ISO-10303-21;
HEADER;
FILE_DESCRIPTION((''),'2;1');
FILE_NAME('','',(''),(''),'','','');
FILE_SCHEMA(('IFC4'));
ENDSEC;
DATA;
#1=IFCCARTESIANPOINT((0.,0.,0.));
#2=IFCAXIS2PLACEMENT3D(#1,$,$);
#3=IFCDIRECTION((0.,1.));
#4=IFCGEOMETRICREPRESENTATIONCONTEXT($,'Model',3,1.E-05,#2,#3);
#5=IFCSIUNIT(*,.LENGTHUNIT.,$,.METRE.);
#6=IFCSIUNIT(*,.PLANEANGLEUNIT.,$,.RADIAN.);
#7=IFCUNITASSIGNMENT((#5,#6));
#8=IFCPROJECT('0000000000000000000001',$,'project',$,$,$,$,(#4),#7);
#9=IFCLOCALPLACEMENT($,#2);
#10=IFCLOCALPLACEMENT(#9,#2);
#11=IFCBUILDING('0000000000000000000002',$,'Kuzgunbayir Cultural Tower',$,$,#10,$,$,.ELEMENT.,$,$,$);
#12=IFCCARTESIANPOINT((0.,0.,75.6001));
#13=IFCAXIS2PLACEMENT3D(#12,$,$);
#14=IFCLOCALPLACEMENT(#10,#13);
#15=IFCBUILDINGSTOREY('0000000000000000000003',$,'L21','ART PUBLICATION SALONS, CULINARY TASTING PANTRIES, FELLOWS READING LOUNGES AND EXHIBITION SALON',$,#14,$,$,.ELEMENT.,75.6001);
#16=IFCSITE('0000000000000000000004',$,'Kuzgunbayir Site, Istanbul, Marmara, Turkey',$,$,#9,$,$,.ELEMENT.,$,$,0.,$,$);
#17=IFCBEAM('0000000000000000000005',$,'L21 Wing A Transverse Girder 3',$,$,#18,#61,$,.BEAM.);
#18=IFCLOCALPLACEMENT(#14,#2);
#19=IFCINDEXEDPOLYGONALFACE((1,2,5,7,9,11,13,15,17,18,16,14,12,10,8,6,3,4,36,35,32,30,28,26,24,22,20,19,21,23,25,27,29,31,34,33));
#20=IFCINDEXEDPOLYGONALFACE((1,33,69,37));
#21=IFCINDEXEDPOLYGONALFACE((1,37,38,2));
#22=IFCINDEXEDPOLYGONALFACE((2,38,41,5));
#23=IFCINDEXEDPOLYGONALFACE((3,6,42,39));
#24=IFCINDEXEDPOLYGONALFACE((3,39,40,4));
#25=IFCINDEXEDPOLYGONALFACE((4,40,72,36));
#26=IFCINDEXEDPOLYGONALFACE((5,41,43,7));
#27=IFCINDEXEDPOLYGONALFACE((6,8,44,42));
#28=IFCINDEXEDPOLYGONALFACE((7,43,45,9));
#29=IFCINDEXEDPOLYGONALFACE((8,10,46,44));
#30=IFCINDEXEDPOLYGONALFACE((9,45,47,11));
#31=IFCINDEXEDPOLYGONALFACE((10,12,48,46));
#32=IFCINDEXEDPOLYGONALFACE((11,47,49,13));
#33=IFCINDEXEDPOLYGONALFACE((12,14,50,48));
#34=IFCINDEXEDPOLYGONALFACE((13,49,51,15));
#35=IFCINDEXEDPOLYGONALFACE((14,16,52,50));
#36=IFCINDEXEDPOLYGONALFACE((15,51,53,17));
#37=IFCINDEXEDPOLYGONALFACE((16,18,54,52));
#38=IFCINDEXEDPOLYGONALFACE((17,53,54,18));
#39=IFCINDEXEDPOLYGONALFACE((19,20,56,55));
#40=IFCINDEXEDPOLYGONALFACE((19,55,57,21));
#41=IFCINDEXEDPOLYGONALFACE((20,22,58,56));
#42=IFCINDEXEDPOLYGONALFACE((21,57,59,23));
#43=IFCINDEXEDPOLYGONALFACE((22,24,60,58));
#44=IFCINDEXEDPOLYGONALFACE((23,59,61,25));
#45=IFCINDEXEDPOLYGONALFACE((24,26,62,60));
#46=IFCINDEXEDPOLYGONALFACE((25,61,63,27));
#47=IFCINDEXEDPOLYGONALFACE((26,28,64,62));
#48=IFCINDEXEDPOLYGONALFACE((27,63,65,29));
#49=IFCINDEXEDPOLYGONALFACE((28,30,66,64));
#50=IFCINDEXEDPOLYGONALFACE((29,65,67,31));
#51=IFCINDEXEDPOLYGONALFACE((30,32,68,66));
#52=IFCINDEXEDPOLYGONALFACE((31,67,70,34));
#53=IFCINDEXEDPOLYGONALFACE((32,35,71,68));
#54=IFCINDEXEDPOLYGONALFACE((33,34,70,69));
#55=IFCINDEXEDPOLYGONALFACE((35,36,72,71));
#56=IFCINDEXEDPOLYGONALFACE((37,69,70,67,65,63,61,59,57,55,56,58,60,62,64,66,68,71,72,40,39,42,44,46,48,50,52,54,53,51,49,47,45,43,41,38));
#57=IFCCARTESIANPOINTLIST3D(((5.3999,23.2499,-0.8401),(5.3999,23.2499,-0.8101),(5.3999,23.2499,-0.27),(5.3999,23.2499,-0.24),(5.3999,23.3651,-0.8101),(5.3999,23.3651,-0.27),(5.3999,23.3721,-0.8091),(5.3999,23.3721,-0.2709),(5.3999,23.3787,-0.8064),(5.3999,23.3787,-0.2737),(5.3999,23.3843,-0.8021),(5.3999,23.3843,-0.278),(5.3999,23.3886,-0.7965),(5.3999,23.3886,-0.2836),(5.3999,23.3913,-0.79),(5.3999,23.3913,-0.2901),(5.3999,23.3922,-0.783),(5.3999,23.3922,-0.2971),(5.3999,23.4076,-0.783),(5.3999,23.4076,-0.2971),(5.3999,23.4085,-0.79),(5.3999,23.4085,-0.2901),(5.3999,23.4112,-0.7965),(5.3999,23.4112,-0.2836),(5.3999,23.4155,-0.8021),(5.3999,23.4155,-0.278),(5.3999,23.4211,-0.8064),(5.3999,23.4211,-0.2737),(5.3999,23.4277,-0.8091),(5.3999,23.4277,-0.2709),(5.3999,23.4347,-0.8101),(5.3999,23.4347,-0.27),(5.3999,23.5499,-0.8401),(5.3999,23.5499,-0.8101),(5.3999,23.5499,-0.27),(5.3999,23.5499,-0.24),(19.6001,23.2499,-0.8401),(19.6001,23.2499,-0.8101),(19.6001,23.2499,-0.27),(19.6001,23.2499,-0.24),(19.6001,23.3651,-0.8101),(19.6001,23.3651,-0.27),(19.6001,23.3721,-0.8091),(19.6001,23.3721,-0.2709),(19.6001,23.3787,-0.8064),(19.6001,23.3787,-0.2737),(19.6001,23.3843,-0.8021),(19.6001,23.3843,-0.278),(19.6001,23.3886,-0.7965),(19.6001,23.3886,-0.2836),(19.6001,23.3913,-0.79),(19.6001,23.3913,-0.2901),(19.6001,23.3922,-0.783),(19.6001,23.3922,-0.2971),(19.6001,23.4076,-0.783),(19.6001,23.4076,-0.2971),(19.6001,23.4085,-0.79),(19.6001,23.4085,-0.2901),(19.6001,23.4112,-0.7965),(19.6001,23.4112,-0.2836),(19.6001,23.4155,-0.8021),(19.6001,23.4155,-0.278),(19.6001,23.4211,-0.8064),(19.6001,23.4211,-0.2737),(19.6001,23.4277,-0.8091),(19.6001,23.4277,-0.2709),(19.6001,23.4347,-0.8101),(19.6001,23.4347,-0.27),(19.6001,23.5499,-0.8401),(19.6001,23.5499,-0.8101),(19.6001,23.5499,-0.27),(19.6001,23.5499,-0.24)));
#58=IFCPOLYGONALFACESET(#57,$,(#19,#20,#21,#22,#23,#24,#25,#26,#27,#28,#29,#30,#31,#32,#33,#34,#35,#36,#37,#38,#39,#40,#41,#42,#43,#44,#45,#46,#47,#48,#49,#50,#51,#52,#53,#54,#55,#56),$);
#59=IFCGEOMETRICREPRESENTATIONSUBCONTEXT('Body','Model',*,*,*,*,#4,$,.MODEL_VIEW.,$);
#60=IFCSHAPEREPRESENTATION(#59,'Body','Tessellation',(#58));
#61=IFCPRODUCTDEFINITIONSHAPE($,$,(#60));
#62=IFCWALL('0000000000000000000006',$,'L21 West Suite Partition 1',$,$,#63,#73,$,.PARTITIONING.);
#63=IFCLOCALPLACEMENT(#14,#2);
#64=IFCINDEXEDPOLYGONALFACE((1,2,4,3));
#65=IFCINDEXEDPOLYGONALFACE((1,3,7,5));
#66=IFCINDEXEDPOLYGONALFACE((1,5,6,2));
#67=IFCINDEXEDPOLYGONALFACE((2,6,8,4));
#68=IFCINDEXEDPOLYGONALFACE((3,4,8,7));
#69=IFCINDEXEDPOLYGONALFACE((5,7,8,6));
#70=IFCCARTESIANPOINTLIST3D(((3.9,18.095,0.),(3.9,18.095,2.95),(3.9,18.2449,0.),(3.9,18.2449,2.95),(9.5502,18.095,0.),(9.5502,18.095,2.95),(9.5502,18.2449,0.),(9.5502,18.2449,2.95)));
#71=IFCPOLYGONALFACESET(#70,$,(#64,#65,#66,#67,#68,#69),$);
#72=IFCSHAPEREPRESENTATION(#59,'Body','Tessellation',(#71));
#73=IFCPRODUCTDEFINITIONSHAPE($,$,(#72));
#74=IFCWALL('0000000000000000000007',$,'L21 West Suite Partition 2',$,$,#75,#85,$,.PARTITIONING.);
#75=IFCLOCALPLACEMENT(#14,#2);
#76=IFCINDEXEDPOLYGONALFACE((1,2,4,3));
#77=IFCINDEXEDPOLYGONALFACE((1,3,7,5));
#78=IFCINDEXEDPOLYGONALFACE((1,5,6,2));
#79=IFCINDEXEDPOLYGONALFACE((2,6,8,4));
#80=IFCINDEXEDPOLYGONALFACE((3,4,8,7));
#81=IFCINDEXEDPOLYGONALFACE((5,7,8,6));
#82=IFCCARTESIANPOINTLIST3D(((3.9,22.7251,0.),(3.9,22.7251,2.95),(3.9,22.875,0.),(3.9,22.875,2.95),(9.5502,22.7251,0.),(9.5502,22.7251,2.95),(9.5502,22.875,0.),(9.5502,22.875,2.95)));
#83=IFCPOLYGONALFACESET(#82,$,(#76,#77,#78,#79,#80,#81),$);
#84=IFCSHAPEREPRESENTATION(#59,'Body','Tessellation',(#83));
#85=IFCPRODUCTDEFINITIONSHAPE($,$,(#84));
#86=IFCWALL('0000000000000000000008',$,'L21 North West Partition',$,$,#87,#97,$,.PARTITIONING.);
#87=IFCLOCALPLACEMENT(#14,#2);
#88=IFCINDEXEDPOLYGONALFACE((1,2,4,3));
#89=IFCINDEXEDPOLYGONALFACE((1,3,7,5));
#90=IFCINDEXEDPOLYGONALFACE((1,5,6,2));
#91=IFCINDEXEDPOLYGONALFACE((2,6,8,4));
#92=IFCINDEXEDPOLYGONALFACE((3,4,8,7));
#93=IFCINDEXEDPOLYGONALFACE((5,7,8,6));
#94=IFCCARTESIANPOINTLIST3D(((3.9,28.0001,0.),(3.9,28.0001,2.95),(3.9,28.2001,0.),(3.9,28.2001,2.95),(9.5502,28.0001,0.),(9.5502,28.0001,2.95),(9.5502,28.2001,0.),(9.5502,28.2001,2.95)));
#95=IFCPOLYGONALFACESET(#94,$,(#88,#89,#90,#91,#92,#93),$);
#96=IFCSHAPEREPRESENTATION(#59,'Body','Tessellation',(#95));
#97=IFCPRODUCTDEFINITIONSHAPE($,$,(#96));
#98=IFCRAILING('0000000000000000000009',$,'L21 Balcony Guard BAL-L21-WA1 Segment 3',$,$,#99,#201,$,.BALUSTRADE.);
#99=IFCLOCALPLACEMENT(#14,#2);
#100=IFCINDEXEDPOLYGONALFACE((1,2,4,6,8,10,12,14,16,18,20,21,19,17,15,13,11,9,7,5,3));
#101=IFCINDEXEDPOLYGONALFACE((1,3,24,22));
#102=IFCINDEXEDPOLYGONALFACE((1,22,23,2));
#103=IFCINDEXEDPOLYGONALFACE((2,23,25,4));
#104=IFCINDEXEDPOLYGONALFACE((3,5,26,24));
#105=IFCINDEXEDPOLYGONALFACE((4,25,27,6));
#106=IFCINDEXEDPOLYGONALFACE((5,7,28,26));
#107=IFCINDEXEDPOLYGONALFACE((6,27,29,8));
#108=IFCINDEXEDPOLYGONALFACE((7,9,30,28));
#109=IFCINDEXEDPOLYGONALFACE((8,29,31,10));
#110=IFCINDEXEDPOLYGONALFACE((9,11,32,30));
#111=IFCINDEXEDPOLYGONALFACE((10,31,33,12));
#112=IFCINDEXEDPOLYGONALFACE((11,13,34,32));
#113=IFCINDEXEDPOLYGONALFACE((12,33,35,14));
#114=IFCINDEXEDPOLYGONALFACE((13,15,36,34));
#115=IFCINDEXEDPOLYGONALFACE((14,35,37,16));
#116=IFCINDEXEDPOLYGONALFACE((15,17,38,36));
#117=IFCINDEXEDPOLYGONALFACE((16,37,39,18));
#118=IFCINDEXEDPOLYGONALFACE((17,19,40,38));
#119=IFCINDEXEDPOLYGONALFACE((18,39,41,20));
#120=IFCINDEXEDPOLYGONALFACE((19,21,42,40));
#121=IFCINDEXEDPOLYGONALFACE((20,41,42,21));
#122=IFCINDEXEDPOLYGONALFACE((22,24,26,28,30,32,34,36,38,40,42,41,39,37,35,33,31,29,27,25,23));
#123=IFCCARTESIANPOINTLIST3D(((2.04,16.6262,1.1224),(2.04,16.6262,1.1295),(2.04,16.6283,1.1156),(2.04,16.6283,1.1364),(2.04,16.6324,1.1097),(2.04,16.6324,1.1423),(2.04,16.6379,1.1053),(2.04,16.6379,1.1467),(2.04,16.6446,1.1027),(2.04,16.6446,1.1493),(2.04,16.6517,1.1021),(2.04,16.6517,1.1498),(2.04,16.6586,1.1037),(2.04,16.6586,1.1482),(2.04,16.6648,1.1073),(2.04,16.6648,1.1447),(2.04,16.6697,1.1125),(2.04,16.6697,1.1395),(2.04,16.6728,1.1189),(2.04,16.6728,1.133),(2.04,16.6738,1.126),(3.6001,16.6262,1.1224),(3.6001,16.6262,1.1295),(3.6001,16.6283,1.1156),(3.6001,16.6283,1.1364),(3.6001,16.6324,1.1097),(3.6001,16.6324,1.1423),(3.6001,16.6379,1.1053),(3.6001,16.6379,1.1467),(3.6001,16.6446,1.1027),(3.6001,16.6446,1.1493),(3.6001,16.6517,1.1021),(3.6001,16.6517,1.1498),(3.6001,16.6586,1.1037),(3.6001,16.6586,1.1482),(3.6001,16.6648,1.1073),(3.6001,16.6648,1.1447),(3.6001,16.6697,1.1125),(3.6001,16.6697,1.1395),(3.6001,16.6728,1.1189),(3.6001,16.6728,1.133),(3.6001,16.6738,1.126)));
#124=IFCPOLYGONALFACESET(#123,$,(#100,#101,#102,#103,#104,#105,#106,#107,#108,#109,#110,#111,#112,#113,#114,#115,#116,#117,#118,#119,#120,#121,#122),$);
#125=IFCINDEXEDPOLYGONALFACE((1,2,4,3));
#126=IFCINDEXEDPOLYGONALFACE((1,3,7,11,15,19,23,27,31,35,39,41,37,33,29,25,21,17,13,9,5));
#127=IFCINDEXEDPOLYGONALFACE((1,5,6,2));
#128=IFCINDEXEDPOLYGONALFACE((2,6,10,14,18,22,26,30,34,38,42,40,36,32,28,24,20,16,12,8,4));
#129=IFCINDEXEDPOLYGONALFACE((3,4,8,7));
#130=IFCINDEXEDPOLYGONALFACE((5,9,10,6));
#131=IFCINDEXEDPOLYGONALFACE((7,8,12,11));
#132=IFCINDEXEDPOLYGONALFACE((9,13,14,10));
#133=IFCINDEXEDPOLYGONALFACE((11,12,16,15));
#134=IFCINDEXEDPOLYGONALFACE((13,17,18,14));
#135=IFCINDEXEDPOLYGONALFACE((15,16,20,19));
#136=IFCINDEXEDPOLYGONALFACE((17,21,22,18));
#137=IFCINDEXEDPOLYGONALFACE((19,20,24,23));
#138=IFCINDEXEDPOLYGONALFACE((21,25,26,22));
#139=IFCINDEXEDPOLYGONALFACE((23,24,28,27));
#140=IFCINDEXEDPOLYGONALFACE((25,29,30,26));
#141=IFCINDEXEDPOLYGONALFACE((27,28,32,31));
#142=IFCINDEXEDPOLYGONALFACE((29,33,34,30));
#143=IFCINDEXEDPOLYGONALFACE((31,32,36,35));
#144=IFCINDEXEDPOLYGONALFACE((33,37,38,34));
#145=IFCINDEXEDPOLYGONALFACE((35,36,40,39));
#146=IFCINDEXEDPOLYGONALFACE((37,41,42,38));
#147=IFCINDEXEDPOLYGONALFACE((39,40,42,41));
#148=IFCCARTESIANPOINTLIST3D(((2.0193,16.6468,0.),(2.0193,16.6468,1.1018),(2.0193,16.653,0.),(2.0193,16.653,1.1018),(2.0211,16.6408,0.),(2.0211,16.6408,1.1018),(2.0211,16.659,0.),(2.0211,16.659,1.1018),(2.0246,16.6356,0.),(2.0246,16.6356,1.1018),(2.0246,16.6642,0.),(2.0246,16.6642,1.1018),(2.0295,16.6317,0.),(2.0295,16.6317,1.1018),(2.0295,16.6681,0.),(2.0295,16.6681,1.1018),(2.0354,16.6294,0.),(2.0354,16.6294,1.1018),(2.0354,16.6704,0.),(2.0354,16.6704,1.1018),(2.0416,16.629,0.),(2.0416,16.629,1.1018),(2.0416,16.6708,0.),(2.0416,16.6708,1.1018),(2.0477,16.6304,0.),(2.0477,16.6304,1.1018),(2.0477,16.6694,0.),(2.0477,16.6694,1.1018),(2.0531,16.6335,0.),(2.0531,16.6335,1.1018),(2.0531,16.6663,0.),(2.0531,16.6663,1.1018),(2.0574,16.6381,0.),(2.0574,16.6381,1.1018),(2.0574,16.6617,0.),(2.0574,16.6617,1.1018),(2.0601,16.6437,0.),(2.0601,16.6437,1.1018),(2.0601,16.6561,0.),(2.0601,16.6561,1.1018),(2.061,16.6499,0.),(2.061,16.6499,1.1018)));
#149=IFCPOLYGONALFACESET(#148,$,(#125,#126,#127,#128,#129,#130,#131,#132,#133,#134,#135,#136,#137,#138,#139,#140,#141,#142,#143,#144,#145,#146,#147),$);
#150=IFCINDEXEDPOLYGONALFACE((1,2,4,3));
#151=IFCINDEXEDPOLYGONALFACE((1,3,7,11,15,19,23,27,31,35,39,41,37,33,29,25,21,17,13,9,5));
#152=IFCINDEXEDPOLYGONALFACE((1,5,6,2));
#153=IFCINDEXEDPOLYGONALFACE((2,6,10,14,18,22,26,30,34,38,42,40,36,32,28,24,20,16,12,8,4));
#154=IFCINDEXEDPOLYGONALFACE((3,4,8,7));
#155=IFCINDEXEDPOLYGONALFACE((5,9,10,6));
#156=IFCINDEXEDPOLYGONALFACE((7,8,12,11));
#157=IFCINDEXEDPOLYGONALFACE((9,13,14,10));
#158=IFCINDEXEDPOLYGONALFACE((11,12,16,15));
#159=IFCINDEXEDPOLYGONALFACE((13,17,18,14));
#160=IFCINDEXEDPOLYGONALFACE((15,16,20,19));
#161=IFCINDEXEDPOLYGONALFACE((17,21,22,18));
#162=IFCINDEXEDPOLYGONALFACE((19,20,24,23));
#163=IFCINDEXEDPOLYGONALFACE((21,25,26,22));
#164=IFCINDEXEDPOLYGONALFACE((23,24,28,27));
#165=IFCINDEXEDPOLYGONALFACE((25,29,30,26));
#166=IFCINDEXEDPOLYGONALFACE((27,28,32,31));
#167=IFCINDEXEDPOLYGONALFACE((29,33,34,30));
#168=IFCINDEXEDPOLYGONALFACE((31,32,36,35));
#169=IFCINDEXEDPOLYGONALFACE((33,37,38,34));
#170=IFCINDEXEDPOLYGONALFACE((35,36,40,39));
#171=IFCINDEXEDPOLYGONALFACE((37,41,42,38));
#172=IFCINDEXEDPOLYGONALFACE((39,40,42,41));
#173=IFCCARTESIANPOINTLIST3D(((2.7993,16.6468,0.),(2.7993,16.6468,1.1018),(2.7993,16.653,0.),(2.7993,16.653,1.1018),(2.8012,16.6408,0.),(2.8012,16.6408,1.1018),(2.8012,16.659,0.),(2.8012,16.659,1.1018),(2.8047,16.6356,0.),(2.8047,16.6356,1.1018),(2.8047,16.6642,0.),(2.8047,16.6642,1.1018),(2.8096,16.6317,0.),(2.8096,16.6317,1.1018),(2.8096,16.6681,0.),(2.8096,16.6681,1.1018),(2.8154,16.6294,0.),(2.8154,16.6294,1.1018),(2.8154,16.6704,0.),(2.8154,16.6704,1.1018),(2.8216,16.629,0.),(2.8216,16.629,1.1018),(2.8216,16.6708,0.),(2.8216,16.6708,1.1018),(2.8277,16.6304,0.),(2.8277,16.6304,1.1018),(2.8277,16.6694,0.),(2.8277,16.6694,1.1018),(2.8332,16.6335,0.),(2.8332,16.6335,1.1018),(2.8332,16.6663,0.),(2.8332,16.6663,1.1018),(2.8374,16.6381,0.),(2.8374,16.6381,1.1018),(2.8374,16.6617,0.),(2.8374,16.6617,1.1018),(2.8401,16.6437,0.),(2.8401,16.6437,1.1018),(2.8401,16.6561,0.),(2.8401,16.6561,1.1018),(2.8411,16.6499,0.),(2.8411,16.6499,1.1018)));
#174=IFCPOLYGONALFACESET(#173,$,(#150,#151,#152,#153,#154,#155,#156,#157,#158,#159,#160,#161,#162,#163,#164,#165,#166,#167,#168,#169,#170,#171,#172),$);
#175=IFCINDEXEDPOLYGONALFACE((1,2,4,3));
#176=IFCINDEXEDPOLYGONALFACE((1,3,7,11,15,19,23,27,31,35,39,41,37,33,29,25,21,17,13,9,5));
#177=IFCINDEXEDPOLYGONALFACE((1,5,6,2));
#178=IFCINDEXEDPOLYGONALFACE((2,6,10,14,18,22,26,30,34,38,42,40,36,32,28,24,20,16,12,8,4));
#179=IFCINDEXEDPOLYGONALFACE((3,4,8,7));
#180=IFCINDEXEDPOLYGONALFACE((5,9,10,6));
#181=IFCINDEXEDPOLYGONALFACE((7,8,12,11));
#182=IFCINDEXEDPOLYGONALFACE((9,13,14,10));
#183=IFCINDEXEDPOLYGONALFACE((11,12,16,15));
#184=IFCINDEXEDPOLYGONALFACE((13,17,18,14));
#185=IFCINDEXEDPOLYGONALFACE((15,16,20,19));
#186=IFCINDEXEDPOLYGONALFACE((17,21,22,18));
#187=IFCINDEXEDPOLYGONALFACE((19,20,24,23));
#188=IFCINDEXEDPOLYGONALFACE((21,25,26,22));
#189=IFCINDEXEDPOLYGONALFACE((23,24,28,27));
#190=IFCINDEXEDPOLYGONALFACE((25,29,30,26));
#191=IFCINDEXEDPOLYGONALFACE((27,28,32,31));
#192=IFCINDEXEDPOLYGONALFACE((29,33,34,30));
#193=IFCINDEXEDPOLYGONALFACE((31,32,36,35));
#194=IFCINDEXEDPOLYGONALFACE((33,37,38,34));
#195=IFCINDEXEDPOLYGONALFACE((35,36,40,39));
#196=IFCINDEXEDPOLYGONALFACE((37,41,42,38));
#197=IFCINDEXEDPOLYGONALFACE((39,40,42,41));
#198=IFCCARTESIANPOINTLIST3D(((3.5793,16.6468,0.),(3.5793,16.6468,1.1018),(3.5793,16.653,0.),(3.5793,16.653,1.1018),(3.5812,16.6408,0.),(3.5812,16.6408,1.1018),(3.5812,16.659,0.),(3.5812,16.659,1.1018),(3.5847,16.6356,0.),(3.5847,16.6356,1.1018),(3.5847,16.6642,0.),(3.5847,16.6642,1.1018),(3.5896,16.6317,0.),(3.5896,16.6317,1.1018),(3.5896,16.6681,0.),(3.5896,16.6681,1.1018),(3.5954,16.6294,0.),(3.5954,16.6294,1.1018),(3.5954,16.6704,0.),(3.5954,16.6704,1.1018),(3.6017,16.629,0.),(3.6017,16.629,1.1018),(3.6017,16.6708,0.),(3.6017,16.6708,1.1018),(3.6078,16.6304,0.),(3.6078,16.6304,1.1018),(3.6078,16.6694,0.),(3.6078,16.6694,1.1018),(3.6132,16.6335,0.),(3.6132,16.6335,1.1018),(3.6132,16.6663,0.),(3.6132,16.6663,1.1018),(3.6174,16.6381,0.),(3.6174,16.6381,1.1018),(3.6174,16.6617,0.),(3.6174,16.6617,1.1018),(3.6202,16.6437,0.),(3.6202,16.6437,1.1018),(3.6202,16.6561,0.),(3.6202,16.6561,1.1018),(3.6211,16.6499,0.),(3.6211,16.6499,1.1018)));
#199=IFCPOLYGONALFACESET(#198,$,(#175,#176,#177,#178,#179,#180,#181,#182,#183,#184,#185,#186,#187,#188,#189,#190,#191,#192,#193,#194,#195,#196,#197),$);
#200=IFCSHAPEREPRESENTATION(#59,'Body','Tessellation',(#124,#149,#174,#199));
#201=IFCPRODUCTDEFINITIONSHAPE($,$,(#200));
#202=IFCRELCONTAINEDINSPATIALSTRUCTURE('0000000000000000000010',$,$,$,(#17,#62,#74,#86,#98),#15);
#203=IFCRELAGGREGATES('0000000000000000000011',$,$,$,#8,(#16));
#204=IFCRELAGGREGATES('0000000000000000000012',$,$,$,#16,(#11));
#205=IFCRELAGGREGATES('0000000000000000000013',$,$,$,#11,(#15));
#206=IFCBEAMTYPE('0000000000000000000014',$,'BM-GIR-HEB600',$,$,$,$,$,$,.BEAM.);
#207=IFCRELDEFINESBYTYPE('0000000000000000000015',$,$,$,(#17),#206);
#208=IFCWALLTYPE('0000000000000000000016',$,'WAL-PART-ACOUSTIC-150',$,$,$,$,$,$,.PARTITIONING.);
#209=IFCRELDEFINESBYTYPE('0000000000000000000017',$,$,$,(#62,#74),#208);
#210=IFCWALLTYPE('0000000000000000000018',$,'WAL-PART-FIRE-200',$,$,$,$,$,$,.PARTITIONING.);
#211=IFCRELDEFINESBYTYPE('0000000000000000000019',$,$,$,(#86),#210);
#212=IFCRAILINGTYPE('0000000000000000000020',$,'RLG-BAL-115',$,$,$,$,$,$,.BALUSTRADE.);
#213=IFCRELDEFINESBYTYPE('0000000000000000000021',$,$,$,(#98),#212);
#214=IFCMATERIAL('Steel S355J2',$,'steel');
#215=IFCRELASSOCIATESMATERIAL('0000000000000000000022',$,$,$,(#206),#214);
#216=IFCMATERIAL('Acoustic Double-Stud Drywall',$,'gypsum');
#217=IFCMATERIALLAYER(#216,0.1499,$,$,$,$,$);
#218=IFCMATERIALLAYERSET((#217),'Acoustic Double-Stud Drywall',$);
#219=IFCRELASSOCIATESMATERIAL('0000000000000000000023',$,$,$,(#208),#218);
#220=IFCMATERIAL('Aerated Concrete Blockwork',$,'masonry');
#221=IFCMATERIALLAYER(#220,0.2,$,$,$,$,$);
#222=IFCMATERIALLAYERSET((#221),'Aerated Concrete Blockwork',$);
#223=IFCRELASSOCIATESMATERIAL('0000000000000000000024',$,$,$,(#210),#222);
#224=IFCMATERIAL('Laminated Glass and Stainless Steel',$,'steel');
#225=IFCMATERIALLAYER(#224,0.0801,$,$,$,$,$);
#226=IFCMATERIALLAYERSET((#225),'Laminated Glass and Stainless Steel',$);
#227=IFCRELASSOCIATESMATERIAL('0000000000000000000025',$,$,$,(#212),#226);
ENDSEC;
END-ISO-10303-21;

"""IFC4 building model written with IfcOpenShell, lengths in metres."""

from ifc_helpers import new_model, si_unit, direction, frame, frame_2d, origin, origin_2d, place, context, subcontext, project, spatial, rectangle, circle, i_section, extrude, material, layer, layer_set, material_profile, profile_set, type_object, element, save


model = new_model("IFC4")

# Units and contexts
model_context = context("Model", 3, precision=1e-05, world=origin(), true_north=direction((0.0, 1.0)))
body_context = subcontext(model_context, "Body", "Model", "MODEL_VIEW")
ifc_project = project(units=[si_unit("LENGTHUNIT", "METRE"), si_unit("PLANEANGLEUNIT", "RADIAN")], contexts=[model_context])

# Site, building, storey
site_placement = place(None, origin())
site = spatial("IfcSite", under=ifc_project, at=site_placement, Name="Kuzgunbayir Site, Istanbul, Marmara, Turkey", CompositionType="ELEMENT", RefElevation=0.0)
building_placement = place(site_placement, origin())
building = spatial("IfcBuilding", under=site, at=building_placement, Name="Kuzgunbayir Cultural Tower", CompositionType="ELEMENT")
storey_placement = place(building_placement, frame((0.0, 0.0, 75.6001)))
storey = spatial("IfcBuildingStorey", under=building, at=storey_placement, Name="L21", Description="ART PUBLICATION SALONS, CULINARY TASTING PANTRIES, FELLOWS READING LOUNGES AND EXHIBITION SALON", CompositionType="ELEMENT", Elevation=75.6001)

# Beam
ifc_material_1 = material(Name="Steel S355J2", Category="steel")
ifc_material_profile_1 = material_profile(ifc_material_1, i_section(OverallWidth=0.3, OverallDepth=0.6001, WebThickness=0.0154, FlangeThickness=0.03, FilletRadius=0.0271, at=origin_2d()), Name="HEB 600")
ifc_profile_set_1 = profile_set([ifc_material_profile_1], Name="Steel S355J2")
beam_type_1 = type_object("IfcBeamType", Name="BM-GIR-HEB600", PredefinedType="BEAM", material=ifc_profile_set_1)
for number, where, z_axis, x_axis, name in (
    (1, (5.3999, 23.3999, -0.54), (1.0, 0.0, 0.0), (0.0, 1.0, 0.0), "L21 Wing A Transverse Girder 3"),
):
    element("IfcBeam", number, at=place(storey_placement, frame(where, z_axis=z_axis, x_axis=x_axis)), inside=storey, type_object=beam_type_1, Name=name, PredefinedType="BEAM", context=body_context, shape_type="SweptSolid", body=[
        extrude(i_section(OverallWidth=0.3, OverallDepth=0.6001, WebThickness=0.0154, FlangeThickness=0.03, FilletRadius=0.0271, at=origin_2d()), origin(), (0.0, 0.0, 1.0), 14.2002),
    ])

# Walls
ifc_material_2 = material(Name="Acoustic Double-Stud Drywall", Category="gypsum")
ifc_layer_1 = layer(ifc_material_2, 0.1499)
ifc_layer_set_1 = layer_set([ifc_layer_1], Name="Acoustic Double-Stud Drywall")
wall_type_1 = type_object("IfcWallType", Name="WAL-PART-ACOUSTIC-150", PredefinedType="PARTITIONING", material=ifc_layer_set_1)
for number, where, z_axis, x_axis, name in (
    (2, (3.8999, 18.1699, 0.0), (0.0, 0.0, 1.0), (1.0, 0.0, 0.0), "L21 West Suite Partition 1"),
    (3, (3.8999, 22.8, 0.0), (0.0, 0.0, 1.0), (1.0, 0.0, 0.0), "L21 West Suite Partition 2"),
):
    element("IfcWall", number, at=place(storey_placement, frame(where, z_axis=z_axis, x_axis=x_axis)), inside=storey, type_object=wall_type_1, Name=name, PredefinedType="PARTITIONING", context=body_context, shape_type="SweptSolid", body=[
        extrude(rectangle(XDim=5.6501, YDim=0.1499, at=frame_2d((2.8252, 0.0))), origin(), (0.0, 0.0, 1.0), 2.95),
    ])
ifc_material_3 = material(Name="Aerated Concrete Blockwork", Category="masonry")
ifc_layer_2 = layer(ifc_material_3, 0.2)
ifc_layer_set_2 = layer_set([ifc_layer_2], Name="Aerated Concrete Blockwork")
wall_type_2 = type_object("IfcWallType", Name="WAL-PART-FIRE-200", PredefinedType="PARTITIONING", material=ifc_layer_set_2)
wall_placement = place(storey_placement, frame((3.8999, 28.1001, 0.0), z_axis=(0.0, 0.0, 1.0), x_axis=(1.0, 0.0, 0.0)))
element("IfcWall", 4, at=wall_placement, inside=storey, type_object=wall_type_2, Name="L21 North West Partition", PredefinedType="PARTITIONING", context=body_context, shape_type="SweptSolid", body=[
    extrude(rectangle(XDim=5.6501, YDim=0.2, at=frame_2d((2.8252, 0.0))), origin(), (0.0, 0.0, 1.0), 2.95),
])

# Railing
ifc_material_4 = material(Name="Laminated Glass and Stainless Steel", Category="steel")
ifc_layer_3 = layer(ifc_material_4, 0.0801)
ifc_layer_set_3 = layer_set([ifc_layer_3], Name="Laminated Glass and Stainless Steel")
railing_type = type_object("IfcRailingType", Name="RLG-BAL-115", PredefinedType="BALUSTRADE", material=ifc_layer_set_3)
railing_1_placement = place(storey_placement, frame((2.04, 16.6499, 0.0)))
element("IfcRailing", 5, at=railing_1_placement, inside=storey, type_object=railing_type, Name="L21 Balcony Guard BAL-L21-WA1 Segment 3", PredefinedType="BALUSTRADE", context=body_context, shape_type="SweptSolid", body=[
    extrude(circle(Radius=0.0239, at=origin_2d()), frame((0.0, 0.0, 1.126), z_axis=(1.0, 0.0, 0.0), x_axis=(0.0, 1.0, 0.0)), (0.0, 0.0, 1.0), 1.5601),
    extrude(circle(Radius=0.021, at=origin_2d()), origin(), (0.0, 0.0, 1.0), 1.1018),
    extrude(circle(Radius=0.021, at=origin_2d()), frame((0.78, 0.0, 0.0)), (0.0, 0.0, 1.0), 1.1018),
    extrude(circle(Radius=0.021, at=origin_2d()), frame((1.5601, 0.0, 0.0)), (0.0, 0.0, 1.0), 1.1018),
])

save(model, "model.ifc")
